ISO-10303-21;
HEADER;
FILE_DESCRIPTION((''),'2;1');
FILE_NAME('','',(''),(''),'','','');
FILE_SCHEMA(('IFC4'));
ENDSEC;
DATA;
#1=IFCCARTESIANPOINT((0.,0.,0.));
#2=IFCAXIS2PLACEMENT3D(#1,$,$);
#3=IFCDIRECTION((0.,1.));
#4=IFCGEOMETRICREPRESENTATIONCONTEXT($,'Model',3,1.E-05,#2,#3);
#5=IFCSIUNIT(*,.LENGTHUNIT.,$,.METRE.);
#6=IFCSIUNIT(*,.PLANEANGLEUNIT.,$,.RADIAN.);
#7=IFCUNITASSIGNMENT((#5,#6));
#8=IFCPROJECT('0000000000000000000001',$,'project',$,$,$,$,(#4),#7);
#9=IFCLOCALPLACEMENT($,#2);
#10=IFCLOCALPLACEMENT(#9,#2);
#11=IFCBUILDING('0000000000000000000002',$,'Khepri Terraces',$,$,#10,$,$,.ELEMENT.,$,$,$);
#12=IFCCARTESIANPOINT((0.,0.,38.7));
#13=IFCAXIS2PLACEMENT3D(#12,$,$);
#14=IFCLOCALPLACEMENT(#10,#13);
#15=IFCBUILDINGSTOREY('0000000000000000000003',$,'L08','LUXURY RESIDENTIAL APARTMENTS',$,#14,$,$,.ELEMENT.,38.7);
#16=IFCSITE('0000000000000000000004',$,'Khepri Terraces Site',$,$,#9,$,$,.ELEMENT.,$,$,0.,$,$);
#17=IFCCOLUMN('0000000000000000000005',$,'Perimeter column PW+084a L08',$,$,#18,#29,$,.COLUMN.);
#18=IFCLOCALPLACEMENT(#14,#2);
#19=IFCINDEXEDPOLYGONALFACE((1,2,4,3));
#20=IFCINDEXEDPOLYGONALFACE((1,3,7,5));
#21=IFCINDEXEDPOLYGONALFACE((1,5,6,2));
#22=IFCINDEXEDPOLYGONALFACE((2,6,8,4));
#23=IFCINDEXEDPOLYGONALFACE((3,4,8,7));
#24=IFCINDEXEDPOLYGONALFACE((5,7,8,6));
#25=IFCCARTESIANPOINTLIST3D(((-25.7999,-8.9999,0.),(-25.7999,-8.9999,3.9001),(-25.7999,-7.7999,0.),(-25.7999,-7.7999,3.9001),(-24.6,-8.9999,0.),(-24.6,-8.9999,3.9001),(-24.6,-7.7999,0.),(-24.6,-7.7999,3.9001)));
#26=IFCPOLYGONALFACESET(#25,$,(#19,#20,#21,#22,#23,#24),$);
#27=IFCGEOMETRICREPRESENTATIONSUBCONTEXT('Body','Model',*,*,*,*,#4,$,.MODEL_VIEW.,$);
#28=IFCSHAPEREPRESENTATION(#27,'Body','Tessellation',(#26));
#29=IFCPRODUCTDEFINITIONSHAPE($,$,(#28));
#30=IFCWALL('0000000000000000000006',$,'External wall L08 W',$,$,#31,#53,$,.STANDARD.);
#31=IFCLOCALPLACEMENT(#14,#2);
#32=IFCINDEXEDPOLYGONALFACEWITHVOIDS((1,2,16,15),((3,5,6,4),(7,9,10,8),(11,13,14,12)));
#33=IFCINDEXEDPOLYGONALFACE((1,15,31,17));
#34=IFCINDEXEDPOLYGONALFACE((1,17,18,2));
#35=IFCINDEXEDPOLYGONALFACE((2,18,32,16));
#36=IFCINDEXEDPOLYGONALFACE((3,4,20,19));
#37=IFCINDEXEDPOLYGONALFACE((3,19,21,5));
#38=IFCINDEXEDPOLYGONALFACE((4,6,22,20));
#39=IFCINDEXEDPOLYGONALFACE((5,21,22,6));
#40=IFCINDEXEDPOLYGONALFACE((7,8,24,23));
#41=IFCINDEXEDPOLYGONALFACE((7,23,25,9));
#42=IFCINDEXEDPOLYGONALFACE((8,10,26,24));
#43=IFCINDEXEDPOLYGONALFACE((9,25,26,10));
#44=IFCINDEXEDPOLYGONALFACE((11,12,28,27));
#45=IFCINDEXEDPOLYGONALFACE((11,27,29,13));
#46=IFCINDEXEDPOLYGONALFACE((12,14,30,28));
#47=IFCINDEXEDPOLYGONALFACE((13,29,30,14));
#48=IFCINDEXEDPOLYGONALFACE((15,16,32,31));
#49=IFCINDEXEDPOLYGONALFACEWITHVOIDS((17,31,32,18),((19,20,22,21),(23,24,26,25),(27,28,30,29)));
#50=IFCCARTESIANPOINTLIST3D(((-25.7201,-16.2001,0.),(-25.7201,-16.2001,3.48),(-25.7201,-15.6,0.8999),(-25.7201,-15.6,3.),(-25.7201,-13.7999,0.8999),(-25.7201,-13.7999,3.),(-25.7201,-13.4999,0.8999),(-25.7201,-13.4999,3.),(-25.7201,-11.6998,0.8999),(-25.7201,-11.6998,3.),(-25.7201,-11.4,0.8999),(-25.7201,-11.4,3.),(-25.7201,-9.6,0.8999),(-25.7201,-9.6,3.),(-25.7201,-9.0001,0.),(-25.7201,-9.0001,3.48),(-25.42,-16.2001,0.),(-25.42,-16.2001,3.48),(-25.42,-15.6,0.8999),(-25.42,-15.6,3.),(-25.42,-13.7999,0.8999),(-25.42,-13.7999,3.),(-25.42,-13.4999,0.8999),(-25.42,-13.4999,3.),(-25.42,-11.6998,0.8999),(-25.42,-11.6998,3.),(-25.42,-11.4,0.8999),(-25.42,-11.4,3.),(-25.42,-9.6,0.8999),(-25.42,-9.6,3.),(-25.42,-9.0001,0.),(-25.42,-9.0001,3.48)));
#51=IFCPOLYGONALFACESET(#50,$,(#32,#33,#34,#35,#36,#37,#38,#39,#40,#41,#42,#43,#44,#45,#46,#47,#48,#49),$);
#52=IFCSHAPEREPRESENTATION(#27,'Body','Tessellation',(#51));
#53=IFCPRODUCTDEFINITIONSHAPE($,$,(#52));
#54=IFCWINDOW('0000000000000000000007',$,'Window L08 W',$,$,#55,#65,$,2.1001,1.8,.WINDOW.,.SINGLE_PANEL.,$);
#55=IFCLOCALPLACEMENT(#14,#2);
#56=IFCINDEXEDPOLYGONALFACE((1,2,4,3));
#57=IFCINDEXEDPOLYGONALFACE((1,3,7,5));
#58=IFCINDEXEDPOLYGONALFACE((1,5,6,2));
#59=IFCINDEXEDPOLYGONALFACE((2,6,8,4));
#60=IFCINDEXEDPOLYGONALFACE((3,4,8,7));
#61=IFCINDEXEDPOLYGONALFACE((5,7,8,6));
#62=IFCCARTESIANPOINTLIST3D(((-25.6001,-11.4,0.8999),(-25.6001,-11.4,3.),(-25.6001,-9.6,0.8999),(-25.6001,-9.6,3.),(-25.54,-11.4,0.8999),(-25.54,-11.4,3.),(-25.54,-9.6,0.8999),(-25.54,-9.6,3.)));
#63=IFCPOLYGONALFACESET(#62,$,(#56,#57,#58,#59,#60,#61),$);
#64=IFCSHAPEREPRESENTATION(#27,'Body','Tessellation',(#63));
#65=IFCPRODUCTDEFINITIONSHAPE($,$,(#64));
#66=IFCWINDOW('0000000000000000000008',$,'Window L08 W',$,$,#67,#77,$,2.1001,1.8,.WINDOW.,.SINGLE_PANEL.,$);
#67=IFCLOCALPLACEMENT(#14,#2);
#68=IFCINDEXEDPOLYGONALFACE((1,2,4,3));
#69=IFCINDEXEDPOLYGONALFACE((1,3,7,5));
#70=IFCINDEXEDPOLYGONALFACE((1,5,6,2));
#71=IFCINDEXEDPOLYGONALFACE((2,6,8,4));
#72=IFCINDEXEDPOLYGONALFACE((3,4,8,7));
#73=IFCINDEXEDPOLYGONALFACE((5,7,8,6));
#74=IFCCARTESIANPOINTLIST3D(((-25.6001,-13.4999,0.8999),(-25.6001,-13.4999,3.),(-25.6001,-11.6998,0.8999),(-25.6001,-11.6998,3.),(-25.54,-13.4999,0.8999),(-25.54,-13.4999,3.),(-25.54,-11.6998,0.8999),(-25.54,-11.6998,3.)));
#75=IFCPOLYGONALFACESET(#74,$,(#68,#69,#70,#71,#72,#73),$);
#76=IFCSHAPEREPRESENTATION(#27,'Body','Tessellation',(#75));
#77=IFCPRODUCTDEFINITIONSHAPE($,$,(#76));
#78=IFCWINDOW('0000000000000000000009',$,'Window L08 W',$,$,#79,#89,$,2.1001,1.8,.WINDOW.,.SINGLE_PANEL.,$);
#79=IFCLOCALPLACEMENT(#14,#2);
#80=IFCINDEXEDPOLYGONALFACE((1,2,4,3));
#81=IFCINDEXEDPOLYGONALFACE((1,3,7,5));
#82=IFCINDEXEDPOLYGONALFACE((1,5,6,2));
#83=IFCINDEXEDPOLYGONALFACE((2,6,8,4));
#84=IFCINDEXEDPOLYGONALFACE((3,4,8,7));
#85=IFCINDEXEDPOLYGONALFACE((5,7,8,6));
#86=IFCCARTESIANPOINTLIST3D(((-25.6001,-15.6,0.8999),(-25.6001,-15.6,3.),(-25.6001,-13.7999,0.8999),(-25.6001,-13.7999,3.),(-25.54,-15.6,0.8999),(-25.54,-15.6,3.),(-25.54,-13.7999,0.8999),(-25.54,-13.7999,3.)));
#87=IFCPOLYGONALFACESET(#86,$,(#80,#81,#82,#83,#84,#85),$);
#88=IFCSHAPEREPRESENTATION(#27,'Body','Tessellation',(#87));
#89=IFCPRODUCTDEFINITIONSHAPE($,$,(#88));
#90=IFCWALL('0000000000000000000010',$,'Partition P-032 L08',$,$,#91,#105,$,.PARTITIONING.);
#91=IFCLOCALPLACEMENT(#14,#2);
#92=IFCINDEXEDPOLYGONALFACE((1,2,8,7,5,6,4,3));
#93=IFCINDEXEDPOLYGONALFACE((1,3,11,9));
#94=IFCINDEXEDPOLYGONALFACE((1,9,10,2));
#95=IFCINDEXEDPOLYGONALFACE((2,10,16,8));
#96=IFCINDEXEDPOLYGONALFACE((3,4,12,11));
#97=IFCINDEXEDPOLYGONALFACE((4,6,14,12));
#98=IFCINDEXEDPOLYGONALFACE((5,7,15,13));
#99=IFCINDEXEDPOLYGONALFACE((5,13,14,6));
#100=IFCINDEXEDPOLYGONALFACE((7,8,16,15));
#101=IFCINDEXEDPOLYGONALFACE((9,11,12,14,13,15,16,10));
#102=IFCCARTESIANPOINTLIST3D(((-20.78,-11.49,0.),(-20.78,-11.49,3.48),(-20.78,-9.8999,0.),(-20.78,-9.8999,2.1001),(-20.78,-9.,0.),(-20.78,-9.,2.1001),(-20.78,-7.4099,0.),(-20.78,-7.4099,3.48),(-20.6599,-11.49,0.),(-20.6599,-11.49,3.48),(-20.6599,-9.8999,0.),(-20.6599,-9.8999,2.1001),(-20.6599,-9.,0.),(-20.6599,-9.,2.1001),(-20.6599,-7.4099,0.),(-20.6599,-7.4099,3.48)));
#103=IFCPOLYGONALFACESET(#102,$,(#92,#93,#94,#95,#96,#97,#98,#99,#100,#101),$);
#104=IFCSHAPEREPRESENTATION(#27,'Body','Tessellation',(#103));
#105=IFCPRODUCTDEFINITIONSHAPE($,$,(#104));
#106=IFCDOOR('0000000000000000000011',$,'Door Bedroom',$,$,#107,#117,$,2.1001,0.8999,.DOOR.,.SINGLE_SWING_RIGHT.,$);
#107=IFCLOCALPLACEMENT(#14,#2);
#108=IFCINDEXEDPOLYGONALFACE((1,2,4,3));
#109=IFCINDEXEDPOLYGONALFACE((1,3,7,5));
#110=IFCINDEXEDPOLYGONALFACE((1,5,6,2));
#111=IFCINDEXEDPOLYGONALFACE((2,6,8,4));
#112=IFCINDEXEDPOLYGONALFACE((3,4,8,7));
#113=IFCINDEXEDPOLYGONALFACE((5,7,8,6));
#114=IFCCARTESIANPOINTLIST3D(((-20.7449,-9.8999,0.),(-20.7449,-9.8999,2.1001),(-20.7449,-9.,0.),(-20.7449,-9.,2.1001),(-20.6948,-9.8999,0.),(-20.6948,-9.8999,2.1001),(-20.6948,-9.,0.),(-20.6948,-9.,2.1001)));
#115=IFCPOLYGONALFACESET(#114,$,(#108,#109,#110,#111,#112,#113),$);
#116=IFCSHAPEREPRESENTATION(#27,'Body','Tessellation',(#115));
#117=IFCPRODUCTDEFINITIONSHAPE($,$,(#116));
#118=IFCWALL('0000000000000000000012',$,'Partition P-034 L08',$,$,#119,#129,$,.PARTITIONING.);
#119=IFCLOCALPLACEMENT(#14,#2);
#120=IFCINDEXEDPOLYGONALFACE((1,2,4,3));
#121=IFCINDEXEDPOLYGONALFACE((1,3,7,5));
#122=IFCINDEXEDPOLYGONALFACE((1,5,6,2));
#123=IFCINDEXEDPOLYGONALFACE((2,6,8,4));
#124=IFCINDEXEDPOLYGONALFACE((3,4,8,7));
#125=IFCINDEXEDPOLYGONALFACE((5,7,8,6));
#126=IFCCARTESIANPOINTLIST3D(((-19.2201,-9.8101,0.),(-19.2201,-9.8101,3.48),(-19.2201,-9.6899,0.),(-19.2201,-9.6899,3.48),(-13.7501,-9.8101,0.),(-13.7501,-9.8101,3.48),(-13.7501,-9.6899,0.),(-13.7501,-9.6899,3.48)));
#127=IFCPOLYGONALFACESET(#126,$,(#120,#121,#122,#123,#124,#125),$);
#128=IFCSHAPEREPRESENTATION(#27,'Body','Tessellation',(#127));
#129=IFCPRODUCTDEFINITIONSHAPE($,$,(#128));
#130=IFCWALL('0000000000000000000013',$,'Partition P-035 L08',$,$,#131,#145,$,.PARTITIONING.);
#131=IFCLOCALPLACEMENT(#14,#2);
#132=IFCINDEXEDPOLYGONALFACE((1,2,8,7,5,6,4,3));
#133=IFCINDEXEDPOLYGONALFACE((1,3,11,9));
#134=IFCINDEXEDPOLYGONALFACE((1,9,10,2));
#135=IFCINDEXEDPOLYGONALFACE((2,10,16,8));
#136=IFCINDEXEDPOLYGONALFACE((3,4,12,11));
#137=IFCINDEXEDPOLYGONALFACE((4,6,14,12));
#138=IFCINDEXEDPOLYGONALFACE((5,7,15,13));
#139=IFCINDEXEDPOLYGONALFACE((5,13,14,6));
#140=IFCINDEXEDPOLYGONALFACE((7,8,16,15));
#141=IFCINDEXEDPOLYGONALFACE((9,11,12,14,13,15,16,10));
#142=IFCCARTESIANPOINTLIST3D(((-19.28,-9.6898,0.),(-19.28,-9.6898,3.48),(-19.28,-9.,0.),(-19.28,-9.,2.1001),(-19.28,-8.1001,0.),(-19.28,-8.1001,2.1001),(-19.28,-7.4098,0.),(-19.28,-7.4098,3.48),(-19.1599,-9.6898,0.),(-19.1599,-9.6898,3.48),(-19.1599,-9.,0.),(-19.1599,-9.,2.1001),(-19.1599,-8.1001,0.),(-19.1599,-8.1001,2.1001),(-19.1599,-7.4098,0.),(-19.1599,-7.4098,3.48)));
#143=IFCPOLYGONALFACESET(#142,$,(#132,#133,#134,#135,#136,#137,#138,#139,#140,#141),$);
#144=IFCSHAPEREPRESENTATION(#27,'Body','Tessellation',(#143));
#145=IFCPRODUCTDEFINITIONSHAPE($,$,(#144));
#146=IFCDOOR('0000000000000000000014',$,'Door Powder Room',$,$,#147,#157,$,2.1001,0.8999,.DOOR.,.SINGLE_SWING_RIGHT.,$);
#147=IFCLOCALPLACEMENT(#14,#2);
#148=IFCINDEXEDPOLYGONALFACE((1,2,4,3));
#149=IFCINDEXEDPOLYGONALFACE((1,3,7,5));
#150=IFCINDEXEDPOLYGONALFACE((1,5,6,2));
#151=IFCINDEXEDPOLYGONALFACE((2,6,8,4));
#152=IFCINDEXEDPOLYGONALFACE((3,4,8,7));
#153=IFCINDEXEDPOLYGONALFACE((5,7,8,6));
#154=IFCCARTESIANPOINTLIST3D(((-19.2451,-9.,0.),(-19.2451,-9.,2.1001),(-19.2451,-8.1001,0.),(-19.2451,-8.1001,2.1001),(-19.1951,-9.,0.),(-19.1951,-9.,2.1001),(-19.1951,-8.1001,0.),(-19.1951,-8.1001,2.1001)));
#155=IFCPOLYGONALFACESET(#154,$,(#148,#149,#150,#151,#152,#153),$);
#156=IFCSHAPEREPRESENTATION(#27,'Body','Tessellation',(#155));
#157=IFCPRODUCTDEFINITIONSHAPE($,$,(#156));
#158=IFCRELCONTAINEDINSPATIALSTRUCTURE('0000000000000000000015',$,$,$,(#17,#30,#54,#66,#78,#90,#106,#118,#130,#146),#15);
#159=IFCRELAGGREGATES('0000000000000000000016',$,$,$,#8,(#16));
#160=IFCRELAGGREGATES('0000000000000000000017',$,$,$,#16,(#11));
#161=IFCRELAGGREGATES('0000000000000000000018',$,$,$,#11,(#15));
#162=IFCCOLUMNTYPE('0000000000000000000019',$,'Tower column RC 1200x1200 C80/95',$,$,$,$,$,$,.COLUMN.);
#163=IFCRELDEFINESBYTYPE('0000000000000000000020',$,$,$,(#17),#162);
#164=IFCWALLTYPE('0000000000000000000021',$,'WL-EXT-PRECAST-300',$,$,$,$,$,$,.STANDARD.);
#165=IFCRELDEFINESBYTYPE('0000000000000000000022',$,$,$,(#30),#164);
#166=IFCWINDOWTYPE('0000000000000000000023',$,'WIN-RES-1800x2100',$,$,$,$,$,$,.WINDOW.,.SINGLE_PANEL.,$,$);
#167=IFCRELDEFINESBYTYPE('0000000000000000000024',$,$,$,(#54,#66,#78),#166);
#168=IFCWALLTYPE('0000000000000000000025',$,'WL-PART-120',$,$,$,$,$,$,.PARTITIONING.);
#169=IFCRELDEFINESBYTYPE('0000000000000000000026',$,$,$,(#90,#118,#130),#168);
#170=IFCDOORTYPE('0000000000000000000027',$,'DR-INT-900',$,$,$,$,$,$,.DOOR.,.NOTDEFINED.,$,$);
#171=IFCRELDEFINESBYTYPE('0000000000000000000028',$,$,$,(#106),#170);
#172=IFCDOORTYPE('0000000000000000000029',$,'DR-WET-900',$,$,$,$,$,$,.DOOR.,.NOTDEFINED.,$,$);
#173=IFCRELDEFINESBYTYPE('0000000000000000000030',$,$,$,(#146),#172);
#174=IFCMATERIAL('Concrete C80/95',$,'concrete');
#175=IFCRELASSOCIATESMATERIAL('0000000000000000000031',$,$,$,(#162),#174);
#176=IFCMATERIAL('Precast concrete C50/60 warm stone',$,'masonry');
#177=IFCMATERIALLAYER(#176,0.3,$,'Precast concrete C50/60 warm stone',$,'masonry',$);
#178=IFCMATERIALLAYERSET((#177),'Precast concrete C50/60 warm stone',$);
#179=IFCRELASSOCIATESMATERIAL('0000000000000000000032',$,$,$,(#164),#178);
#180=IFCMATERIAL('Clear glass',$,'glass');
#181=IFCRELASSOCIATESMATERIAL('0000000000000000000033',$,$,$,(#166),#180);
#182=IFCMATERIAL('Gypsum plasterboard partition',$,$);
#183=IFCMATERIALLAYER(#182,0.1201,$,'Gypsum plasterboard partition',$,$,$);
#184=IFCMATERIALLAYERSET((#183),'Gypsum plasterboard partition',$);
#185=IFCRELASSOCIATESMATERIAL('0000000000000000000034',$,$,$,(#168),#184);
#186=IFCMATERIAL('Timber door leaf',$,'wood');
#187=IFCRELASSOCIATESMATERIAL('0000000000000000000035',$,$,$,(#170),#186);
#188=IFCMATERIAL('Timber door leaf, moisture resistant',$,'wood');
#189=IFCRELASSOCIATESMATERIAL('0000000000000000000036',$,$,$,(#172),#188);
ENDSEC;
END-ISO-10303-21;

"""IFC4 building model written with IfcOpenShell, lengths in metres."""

from ifc_helpers import new_model, si_unit, direction, frame, frame_2d, origin, origin_2d, place, context, subcontext, project, spatial, rectangle, extrude, material, layer, layer_set, material_profile, profile_set, type_object, element, fill, save


model = new_model("IFC4")

# Units and contexts
model_context = context("Model", 3, precision=1e-05, world=origin(), true_north=direction((0.0, 1.0)))
body_context = subcontext(model_context, "Body", "Model", "MODEL_VIEW")
ifc_project = project(units=[si_unit("LENGTHUNIT", "METRE"), si_unit("PLANEANGLEUNIT", "RADIAN")], contexts=[model_context])

# Site, building, storey
site_placement = place(None, origin())
site = spatial("IfcSite", under=ifc_project, at=site_placement, Name="Khepri Terraces Site", CompositionType="ELEMENT", RefElevation=0.0)
building_placement = place(site_placement, origin())
building = spatial("IfcBuilding", under=site, at=building_placement, Name="Khepri Terraces", CompositionType="ELEMENT")
storey_placement = place(building_placement, frame((0.0, 0.0, 38.7)))
storey = spatial("IfcBuildingStorey", under=building, at=storey_placement, Name="L08", Description="LUXURY RESIDENTIAL APARTMENTS", CompositionType="ELEMENT", Elevation=38.7)

# Column
ifc_material_1 = material(Name="Concrete C80/95", Category="concrete")
ifc_material_profile = material_profile(ifc_material_1, rectangle(XDim=1.2, YDim=1.2, at=origin_2d()), Name="Concrete C80/95", Category="concrete")
ifc_profile_set = profile_set([ifc_material_profile], Name="Concrete C80/95")
column_type = type_object("IfcColumnType", Name="Tower column RC 1200x1200 C80/95", PredefinedType="COLUMN", material=ifc_profile_set)
column_placement = place(storey_placement, frame((-25.2, -8.3999, 0.0), z_axis=(0.0, 0.0, 1.0), x_axis=(1.0, 0.0, 0.0)))
element("IfcColumn", 1, at=column_placement, inside=storey, type_object=column_type, Name="Perimeter column PW+084a L08", PredefinedType="COLUMN", context=body_context, shape_type="SweptSolid", body=[
    extrude(rectangle(XDim=1.2, YDim=1.2, at=origin_2d()), origin(), (0.0, 0.0, 1.0), 3.9001),
])

# Wall, openings, windows
ifc_material_2 = material(Name="Precast concrete C50/60 warm stone", Category="masonry")
ifc_layer_1 = layer(ifc_material_2, 0.3, Name="Precast concrete C50/60 warm stone", Category="masonry")
ifc_layer_set_1 = layer_set([ifc_layer_1], Name="Precast concrete C50/60 warm stone")
wall_type_1 = type_object("IfcWallType", Name="WL-EXT-PRECAST-300", PredefinedType="STANDARD", material=ifc_layer_set_1)
wall_1_placement = place(storey_placement, frame((-25.5701, -9.0, 0.0), z_axis=(0.0, 0.0, 1.0), x_axis=(0.0, -1.0, 0.0)))
wall_1 = element("IfcWall", 2, at=wall_1_placement, inside=storey, type_object=wall_type_1, Name="External wall L08 W", PredefinedType="STANDARD", context=body_context, shape_type="SweptSolid", body=[
    extrude(rectangle(XDim=7.2, YDim=0.3, at=frame_2d((3.6001, 0.0))), origin(), (0.0, 0.0, 1.0), 3.48),
])
opening_1_placement = place(wall_1_placement, frame((0.6001, 0.0, 0.8999)))
opening_1 = element("IfcOpeningElement", 3, at=opening_1_placement, cuts=wall_1, PredefinedType="OPENING", context=body_context, shape_type="SweptSolid", body=[
    extrude(rectangle(XDim=1.8, YDim=2.1001, at=frame_2d((0.8999, 1.05))), frame((0.0, 0.1602, 0.0), z_axis=(0.0, -1.0, 0.0), x_axis=(1.0, 0.0, 0.0)), (0.0, 0.0, 1.0), 0.3201),
])
opening_2_placement = place(wall_1_placement, frame((2.7, 0.0, 0.8999)))
opening_2 = element("IfcOpeningElement", 4, at=opening_2_placement, cuts=wall_1, PredefinedType="OPENING", context=body_context, shape_type="SweptSolid", body=[
    extrude(rectangle(XDim=1.8, YDim=2.1001, at=frame_2d((0.8999, 1.05))), frame((0.0, 0.1602, 0.0), z_axis=(0.0, -1.0, 0.0), x_axis=(1.0, 0.0, 0.0)), (0.0, 0.0, 1.0), 0.3201),
])
opening_3_placement = place(wall_1_placement, frame((4.8, 0.0, 0.8999)))
opening_3 = element("IfcOpeningElement", 5, at=opening_3_placement, cuts=wall_1, PredefinedType="OPENING", context=body_context, shape_type="SweptSolid", body=[
    extrude(rectangle(XDim=1.8, YDim=2.1001, at=frame_2d((0.8999, 1.05))), frame((0.0, 0.1602, 0.0), z_axis=(0.0, -1.0, 0.0), x_axis=(1.0, 0.0, 0.0)), (0.0, 0.0, 1.0), 0.3201),
])
ifc_material_3 = material(Name="Clear glass", Category="glass")
window_type = type_object("IfcWindowType", Name="WIN-RES-1800x2100", PartitioningType="SINGLE_PANEL", PredefinedType="WINDOW", material=ifc_material_3)
window_1_placement = place(opening_1_placement, origin())
window_1 = element("IfcWindow", 6, at=window_1_placement, inside=storey, type_object=window_type, Name="Window L08 W", OverallHeight=2.1001, OverallWidth=1.8, PartitioningType="SINGLE_PANEL", PredefinedType="WINDOW", context=body_context, shape_type="SweptSolid", body=[
    extrude(rectangle(XDim=1.8, YDim=2.1001, at=frame_2d((0.8999, 1.05))), frame((0.0, 0.03, 0.0), z_axis=(0.0, -1.0, 0.0), x_axis=(1.0, 0.0, 0.0)), (0.0, 0.0, 1.0), 0.0601),
])
fill(opening_1, window_1)
window_2_placement = place(opening_2_placement, origin())
window_2 = element("IfcWindow", 7, at=window_2_placement, inside=storey, type_object=window_type, Name="Window L08 W", OverallHeight=2.1001, OverallWidth=1.8, PartitioningType="SINGLE_PANEL", PredefinedType="WINDOW", context=body_context, shape_type="SweptSolid", body=[
    extrude(rectangle(XDim=1.8, YDim=2.1001, at=frame_2d((0.8999, 1.05))), frame((0.0, 0.03, 0.0), z_axis=(0.0, -1.0, 0.0), x_axis=(1.0, 0.0, 0.0)), (0.0, 0.0, 1.0), 0.0601),
])
fill(opening_2, window_2)
window_3_placement = place(opening_3_placement, origin())
window_3 = element("IfcWindow", 8, at=window_3_placement, inside=storey, type_object=window_type, Name="Window L08 W", OverallHeight=2.1001, OverallWidth=1.8, PartitioningType="SINGLE_PANEL", PredefinedType="WINDOW", context=body_context, shape_type="SweptSolid", body=[
    extrude(rectangle(XDim=1.8, YDim=2.1001, at=frame_2d((0.8999, 1.05))), frame((0.0, 0.03, 0.0), z_axis=(0.0, -1.0, 0.0), x_axis=(1.0, 0.0, 0.0)), (0.0, 0.0, 1.0), 0.0601),
])
fill(opening_3, window_3)

# Wall, opening, door
ifc_material_4 = material(Name="Gypsum plasterboard partition")
ifc_layer_2 = layer(ifc_material_4, 0.1201, Name="Gypsum plasterboard partition")
ifc_layer_set_2 = layer_set([ifc_layer_2], Name="Gypsum plasterboard partition")
wall_type_2 = type_object("IfcWallType", Name="WL-PART-120", PredefinedType="PARTITIONING", material=ifc_layer_set_2)
wall_2_placement = place(storey_placement, frame((-20.72, -11.49, 0.0), z_axis=(0.0, 0.0, 1.0), x_axis=(0.0, 1.0, 0.0)))
wall_2 = element("IfcWall", 9, at=wall_2_placement, inside=storey, type_object=wall_type_2, Name="Partition P-032 L08", PredefinedType="PARTITIONING", context=body_context, shape_type="SweptSolid", body=[
    extrude(rectangle(XDim=4.0801, YDim=0.1201, at=frame_2d((2.04, 0.0))), origin(), (0.0, 0.0, 1.0), 3.48),
])
opening_4_placement = place(wall_2_placement, frame((1.5901, 0.0, 0.0)))
opening_4 = element("IfcOpeningElement", 10, at=opening_4_placement, cuts=wall_2, PredefinedType="OPENING", context=body_context, shape_type="SweptSolid", body=[
    extrude(rectangle(XDim=0.8999, YDim=2.1001, at=frame_2d((0.45, 1.05))), frame((0.0, 0.0701, 0.0), z_axis=(0.0, -1.0, 0.0), x_axis=(1.0, 0.0, 0.0)), (0.0, 0.0, 1.0), 0.1401),
])
ifc_material_5 = material(Name="Timber door leaf", Category="wood")
door_type_1 = type_object("IfcDoorType", Name="DR-INT-900", OperationType="NOTDEFINED", PredefinedType="DOOR", material=ifc_material_5)
door_1_placement = place(opening_4_placement, origin())
door_1 = element("IfcDoor", 11, at=door_1_placement, inside=storey, type_object=door_type_1, Name="Door Bedroom", OperationType="SINGLE_SWING_RIGHT", OverallHeight=2.1001, OverallWidth=0.8999, PredefinedType="DOOR", context=body_context, shape_type="SweptSolid", body=[
    extrude(rectangle(XDim=0.8999, YDim=2.1001, at=frame_2d((0.45, 1.05))), frame((0.0, 0.0249, 0.0), z_axis=(0.0, -1.0, 0.0), x_axis=(1.0, 0.0, 0.0)), (0.0, 0.0, 1.0), 0.05),
])
fill(opening_4, door_1)

# Wall
wall_3_placement = place(storey_placement, frame((-19.22, -9.75, 0.0), z_axis=(0.0, 0.0, 1.0), x_axis=(1.0, 0.0, 0.0)))
element("IfcWall", 12, at=wall_3_placement, inside=storey, type_object=wall_type_2, Name="Partition P-034 L08", PredefinedType="PARTITIONING", context=body_context, shape_type="SweptSolid", body=[
    extrude(rectangle(XDim=5.47, YDim=0.1201, at=frame_2d((2.7349, 0.0))), origin(), (0.0, 0.0, 1.0), 3.48),
])

# Wall, opening, door
wall_4_placement = place(storey_placement, frame((-19.22, -9.6899, 0.0), z_axis=(0.0, 0.0, 1.0), x_axis=(0.0, 1.0, 0.0)))
wall_4 = element("IfcWall", 13, at=wall_4_placement, inside=storey, type_object=wall_type_2, Name="Partition P-035 L08", PredefinedType="PARTITIONING", context=body_context, shape_type="SweptSolid", body=[
    extrude(rectangle(XDim=2.28, YDim=0.1201, at=frame_2d((1.1401, 0.0))), origin(), (0.0, 0.0, 1.0), 3.48),
])
opening_5_placement = place(wall_4_placement, frame((0.6899, 0.0, 0.0)))
opening_5 = element("IfcOpeningElement", 14, at=opening_5_placement, cuts=wall_4, PredefinedType="OPENING", context=body_context, shape_type="SweptSolid", body=[
    extrude(rectangle(XDim=0.8999, YDim=2.1001, at=frame_2d((0.45, 1.05))), frame((0.0, 0.0701, 0.0), z_axis=(0.0, -1.0, 0.0), x_axis=(1.0, 0.0, 0.0)), (0.0, 0.0, 1.0), 0.1401),
])
ifc_material_6 = material(Name="Timber door leaf, moisture resistant", Category="wood")
door_type_2 = type_object("IfcDoorType", Name="DR-WET-900", OperationType="NOTDEFINED", PredefinedType="DOOR", material=ifc_material_6)
door_2_placement = place(opening_5_placement, frame((0.8999, 0.0, 0.0), z_axis=(0.0, 0.0, 1.0), x_axis=(-1.0, 0.0, 0.0)))
door_2 = element("IfcDoor", 15, at=door_2_placement, inside=storey, type_object=door_type_2, Name="Door Powder Room", OperationType="SINGLE_SWING_RIGHT", OverallHeight=2.1001, OverallWidth=0.8999, PredefinedType="DOOR", context=body_context, shape_type="SweptSolid", body=[
    extrude(rectangle(XDim=0.8999, YDim=2.1001, at=frame_2d((0.45, 1.05))), frame((0.0, 0.0249, 0.0), z_axis=(0.0, -1.0, 0.0), x_axis=(1.0, 0.0, 0.0)), (0.0, 0.0, 1.0), 0.05),
])
fill(opening_5, door_2)

save(model, "model.ifc")
